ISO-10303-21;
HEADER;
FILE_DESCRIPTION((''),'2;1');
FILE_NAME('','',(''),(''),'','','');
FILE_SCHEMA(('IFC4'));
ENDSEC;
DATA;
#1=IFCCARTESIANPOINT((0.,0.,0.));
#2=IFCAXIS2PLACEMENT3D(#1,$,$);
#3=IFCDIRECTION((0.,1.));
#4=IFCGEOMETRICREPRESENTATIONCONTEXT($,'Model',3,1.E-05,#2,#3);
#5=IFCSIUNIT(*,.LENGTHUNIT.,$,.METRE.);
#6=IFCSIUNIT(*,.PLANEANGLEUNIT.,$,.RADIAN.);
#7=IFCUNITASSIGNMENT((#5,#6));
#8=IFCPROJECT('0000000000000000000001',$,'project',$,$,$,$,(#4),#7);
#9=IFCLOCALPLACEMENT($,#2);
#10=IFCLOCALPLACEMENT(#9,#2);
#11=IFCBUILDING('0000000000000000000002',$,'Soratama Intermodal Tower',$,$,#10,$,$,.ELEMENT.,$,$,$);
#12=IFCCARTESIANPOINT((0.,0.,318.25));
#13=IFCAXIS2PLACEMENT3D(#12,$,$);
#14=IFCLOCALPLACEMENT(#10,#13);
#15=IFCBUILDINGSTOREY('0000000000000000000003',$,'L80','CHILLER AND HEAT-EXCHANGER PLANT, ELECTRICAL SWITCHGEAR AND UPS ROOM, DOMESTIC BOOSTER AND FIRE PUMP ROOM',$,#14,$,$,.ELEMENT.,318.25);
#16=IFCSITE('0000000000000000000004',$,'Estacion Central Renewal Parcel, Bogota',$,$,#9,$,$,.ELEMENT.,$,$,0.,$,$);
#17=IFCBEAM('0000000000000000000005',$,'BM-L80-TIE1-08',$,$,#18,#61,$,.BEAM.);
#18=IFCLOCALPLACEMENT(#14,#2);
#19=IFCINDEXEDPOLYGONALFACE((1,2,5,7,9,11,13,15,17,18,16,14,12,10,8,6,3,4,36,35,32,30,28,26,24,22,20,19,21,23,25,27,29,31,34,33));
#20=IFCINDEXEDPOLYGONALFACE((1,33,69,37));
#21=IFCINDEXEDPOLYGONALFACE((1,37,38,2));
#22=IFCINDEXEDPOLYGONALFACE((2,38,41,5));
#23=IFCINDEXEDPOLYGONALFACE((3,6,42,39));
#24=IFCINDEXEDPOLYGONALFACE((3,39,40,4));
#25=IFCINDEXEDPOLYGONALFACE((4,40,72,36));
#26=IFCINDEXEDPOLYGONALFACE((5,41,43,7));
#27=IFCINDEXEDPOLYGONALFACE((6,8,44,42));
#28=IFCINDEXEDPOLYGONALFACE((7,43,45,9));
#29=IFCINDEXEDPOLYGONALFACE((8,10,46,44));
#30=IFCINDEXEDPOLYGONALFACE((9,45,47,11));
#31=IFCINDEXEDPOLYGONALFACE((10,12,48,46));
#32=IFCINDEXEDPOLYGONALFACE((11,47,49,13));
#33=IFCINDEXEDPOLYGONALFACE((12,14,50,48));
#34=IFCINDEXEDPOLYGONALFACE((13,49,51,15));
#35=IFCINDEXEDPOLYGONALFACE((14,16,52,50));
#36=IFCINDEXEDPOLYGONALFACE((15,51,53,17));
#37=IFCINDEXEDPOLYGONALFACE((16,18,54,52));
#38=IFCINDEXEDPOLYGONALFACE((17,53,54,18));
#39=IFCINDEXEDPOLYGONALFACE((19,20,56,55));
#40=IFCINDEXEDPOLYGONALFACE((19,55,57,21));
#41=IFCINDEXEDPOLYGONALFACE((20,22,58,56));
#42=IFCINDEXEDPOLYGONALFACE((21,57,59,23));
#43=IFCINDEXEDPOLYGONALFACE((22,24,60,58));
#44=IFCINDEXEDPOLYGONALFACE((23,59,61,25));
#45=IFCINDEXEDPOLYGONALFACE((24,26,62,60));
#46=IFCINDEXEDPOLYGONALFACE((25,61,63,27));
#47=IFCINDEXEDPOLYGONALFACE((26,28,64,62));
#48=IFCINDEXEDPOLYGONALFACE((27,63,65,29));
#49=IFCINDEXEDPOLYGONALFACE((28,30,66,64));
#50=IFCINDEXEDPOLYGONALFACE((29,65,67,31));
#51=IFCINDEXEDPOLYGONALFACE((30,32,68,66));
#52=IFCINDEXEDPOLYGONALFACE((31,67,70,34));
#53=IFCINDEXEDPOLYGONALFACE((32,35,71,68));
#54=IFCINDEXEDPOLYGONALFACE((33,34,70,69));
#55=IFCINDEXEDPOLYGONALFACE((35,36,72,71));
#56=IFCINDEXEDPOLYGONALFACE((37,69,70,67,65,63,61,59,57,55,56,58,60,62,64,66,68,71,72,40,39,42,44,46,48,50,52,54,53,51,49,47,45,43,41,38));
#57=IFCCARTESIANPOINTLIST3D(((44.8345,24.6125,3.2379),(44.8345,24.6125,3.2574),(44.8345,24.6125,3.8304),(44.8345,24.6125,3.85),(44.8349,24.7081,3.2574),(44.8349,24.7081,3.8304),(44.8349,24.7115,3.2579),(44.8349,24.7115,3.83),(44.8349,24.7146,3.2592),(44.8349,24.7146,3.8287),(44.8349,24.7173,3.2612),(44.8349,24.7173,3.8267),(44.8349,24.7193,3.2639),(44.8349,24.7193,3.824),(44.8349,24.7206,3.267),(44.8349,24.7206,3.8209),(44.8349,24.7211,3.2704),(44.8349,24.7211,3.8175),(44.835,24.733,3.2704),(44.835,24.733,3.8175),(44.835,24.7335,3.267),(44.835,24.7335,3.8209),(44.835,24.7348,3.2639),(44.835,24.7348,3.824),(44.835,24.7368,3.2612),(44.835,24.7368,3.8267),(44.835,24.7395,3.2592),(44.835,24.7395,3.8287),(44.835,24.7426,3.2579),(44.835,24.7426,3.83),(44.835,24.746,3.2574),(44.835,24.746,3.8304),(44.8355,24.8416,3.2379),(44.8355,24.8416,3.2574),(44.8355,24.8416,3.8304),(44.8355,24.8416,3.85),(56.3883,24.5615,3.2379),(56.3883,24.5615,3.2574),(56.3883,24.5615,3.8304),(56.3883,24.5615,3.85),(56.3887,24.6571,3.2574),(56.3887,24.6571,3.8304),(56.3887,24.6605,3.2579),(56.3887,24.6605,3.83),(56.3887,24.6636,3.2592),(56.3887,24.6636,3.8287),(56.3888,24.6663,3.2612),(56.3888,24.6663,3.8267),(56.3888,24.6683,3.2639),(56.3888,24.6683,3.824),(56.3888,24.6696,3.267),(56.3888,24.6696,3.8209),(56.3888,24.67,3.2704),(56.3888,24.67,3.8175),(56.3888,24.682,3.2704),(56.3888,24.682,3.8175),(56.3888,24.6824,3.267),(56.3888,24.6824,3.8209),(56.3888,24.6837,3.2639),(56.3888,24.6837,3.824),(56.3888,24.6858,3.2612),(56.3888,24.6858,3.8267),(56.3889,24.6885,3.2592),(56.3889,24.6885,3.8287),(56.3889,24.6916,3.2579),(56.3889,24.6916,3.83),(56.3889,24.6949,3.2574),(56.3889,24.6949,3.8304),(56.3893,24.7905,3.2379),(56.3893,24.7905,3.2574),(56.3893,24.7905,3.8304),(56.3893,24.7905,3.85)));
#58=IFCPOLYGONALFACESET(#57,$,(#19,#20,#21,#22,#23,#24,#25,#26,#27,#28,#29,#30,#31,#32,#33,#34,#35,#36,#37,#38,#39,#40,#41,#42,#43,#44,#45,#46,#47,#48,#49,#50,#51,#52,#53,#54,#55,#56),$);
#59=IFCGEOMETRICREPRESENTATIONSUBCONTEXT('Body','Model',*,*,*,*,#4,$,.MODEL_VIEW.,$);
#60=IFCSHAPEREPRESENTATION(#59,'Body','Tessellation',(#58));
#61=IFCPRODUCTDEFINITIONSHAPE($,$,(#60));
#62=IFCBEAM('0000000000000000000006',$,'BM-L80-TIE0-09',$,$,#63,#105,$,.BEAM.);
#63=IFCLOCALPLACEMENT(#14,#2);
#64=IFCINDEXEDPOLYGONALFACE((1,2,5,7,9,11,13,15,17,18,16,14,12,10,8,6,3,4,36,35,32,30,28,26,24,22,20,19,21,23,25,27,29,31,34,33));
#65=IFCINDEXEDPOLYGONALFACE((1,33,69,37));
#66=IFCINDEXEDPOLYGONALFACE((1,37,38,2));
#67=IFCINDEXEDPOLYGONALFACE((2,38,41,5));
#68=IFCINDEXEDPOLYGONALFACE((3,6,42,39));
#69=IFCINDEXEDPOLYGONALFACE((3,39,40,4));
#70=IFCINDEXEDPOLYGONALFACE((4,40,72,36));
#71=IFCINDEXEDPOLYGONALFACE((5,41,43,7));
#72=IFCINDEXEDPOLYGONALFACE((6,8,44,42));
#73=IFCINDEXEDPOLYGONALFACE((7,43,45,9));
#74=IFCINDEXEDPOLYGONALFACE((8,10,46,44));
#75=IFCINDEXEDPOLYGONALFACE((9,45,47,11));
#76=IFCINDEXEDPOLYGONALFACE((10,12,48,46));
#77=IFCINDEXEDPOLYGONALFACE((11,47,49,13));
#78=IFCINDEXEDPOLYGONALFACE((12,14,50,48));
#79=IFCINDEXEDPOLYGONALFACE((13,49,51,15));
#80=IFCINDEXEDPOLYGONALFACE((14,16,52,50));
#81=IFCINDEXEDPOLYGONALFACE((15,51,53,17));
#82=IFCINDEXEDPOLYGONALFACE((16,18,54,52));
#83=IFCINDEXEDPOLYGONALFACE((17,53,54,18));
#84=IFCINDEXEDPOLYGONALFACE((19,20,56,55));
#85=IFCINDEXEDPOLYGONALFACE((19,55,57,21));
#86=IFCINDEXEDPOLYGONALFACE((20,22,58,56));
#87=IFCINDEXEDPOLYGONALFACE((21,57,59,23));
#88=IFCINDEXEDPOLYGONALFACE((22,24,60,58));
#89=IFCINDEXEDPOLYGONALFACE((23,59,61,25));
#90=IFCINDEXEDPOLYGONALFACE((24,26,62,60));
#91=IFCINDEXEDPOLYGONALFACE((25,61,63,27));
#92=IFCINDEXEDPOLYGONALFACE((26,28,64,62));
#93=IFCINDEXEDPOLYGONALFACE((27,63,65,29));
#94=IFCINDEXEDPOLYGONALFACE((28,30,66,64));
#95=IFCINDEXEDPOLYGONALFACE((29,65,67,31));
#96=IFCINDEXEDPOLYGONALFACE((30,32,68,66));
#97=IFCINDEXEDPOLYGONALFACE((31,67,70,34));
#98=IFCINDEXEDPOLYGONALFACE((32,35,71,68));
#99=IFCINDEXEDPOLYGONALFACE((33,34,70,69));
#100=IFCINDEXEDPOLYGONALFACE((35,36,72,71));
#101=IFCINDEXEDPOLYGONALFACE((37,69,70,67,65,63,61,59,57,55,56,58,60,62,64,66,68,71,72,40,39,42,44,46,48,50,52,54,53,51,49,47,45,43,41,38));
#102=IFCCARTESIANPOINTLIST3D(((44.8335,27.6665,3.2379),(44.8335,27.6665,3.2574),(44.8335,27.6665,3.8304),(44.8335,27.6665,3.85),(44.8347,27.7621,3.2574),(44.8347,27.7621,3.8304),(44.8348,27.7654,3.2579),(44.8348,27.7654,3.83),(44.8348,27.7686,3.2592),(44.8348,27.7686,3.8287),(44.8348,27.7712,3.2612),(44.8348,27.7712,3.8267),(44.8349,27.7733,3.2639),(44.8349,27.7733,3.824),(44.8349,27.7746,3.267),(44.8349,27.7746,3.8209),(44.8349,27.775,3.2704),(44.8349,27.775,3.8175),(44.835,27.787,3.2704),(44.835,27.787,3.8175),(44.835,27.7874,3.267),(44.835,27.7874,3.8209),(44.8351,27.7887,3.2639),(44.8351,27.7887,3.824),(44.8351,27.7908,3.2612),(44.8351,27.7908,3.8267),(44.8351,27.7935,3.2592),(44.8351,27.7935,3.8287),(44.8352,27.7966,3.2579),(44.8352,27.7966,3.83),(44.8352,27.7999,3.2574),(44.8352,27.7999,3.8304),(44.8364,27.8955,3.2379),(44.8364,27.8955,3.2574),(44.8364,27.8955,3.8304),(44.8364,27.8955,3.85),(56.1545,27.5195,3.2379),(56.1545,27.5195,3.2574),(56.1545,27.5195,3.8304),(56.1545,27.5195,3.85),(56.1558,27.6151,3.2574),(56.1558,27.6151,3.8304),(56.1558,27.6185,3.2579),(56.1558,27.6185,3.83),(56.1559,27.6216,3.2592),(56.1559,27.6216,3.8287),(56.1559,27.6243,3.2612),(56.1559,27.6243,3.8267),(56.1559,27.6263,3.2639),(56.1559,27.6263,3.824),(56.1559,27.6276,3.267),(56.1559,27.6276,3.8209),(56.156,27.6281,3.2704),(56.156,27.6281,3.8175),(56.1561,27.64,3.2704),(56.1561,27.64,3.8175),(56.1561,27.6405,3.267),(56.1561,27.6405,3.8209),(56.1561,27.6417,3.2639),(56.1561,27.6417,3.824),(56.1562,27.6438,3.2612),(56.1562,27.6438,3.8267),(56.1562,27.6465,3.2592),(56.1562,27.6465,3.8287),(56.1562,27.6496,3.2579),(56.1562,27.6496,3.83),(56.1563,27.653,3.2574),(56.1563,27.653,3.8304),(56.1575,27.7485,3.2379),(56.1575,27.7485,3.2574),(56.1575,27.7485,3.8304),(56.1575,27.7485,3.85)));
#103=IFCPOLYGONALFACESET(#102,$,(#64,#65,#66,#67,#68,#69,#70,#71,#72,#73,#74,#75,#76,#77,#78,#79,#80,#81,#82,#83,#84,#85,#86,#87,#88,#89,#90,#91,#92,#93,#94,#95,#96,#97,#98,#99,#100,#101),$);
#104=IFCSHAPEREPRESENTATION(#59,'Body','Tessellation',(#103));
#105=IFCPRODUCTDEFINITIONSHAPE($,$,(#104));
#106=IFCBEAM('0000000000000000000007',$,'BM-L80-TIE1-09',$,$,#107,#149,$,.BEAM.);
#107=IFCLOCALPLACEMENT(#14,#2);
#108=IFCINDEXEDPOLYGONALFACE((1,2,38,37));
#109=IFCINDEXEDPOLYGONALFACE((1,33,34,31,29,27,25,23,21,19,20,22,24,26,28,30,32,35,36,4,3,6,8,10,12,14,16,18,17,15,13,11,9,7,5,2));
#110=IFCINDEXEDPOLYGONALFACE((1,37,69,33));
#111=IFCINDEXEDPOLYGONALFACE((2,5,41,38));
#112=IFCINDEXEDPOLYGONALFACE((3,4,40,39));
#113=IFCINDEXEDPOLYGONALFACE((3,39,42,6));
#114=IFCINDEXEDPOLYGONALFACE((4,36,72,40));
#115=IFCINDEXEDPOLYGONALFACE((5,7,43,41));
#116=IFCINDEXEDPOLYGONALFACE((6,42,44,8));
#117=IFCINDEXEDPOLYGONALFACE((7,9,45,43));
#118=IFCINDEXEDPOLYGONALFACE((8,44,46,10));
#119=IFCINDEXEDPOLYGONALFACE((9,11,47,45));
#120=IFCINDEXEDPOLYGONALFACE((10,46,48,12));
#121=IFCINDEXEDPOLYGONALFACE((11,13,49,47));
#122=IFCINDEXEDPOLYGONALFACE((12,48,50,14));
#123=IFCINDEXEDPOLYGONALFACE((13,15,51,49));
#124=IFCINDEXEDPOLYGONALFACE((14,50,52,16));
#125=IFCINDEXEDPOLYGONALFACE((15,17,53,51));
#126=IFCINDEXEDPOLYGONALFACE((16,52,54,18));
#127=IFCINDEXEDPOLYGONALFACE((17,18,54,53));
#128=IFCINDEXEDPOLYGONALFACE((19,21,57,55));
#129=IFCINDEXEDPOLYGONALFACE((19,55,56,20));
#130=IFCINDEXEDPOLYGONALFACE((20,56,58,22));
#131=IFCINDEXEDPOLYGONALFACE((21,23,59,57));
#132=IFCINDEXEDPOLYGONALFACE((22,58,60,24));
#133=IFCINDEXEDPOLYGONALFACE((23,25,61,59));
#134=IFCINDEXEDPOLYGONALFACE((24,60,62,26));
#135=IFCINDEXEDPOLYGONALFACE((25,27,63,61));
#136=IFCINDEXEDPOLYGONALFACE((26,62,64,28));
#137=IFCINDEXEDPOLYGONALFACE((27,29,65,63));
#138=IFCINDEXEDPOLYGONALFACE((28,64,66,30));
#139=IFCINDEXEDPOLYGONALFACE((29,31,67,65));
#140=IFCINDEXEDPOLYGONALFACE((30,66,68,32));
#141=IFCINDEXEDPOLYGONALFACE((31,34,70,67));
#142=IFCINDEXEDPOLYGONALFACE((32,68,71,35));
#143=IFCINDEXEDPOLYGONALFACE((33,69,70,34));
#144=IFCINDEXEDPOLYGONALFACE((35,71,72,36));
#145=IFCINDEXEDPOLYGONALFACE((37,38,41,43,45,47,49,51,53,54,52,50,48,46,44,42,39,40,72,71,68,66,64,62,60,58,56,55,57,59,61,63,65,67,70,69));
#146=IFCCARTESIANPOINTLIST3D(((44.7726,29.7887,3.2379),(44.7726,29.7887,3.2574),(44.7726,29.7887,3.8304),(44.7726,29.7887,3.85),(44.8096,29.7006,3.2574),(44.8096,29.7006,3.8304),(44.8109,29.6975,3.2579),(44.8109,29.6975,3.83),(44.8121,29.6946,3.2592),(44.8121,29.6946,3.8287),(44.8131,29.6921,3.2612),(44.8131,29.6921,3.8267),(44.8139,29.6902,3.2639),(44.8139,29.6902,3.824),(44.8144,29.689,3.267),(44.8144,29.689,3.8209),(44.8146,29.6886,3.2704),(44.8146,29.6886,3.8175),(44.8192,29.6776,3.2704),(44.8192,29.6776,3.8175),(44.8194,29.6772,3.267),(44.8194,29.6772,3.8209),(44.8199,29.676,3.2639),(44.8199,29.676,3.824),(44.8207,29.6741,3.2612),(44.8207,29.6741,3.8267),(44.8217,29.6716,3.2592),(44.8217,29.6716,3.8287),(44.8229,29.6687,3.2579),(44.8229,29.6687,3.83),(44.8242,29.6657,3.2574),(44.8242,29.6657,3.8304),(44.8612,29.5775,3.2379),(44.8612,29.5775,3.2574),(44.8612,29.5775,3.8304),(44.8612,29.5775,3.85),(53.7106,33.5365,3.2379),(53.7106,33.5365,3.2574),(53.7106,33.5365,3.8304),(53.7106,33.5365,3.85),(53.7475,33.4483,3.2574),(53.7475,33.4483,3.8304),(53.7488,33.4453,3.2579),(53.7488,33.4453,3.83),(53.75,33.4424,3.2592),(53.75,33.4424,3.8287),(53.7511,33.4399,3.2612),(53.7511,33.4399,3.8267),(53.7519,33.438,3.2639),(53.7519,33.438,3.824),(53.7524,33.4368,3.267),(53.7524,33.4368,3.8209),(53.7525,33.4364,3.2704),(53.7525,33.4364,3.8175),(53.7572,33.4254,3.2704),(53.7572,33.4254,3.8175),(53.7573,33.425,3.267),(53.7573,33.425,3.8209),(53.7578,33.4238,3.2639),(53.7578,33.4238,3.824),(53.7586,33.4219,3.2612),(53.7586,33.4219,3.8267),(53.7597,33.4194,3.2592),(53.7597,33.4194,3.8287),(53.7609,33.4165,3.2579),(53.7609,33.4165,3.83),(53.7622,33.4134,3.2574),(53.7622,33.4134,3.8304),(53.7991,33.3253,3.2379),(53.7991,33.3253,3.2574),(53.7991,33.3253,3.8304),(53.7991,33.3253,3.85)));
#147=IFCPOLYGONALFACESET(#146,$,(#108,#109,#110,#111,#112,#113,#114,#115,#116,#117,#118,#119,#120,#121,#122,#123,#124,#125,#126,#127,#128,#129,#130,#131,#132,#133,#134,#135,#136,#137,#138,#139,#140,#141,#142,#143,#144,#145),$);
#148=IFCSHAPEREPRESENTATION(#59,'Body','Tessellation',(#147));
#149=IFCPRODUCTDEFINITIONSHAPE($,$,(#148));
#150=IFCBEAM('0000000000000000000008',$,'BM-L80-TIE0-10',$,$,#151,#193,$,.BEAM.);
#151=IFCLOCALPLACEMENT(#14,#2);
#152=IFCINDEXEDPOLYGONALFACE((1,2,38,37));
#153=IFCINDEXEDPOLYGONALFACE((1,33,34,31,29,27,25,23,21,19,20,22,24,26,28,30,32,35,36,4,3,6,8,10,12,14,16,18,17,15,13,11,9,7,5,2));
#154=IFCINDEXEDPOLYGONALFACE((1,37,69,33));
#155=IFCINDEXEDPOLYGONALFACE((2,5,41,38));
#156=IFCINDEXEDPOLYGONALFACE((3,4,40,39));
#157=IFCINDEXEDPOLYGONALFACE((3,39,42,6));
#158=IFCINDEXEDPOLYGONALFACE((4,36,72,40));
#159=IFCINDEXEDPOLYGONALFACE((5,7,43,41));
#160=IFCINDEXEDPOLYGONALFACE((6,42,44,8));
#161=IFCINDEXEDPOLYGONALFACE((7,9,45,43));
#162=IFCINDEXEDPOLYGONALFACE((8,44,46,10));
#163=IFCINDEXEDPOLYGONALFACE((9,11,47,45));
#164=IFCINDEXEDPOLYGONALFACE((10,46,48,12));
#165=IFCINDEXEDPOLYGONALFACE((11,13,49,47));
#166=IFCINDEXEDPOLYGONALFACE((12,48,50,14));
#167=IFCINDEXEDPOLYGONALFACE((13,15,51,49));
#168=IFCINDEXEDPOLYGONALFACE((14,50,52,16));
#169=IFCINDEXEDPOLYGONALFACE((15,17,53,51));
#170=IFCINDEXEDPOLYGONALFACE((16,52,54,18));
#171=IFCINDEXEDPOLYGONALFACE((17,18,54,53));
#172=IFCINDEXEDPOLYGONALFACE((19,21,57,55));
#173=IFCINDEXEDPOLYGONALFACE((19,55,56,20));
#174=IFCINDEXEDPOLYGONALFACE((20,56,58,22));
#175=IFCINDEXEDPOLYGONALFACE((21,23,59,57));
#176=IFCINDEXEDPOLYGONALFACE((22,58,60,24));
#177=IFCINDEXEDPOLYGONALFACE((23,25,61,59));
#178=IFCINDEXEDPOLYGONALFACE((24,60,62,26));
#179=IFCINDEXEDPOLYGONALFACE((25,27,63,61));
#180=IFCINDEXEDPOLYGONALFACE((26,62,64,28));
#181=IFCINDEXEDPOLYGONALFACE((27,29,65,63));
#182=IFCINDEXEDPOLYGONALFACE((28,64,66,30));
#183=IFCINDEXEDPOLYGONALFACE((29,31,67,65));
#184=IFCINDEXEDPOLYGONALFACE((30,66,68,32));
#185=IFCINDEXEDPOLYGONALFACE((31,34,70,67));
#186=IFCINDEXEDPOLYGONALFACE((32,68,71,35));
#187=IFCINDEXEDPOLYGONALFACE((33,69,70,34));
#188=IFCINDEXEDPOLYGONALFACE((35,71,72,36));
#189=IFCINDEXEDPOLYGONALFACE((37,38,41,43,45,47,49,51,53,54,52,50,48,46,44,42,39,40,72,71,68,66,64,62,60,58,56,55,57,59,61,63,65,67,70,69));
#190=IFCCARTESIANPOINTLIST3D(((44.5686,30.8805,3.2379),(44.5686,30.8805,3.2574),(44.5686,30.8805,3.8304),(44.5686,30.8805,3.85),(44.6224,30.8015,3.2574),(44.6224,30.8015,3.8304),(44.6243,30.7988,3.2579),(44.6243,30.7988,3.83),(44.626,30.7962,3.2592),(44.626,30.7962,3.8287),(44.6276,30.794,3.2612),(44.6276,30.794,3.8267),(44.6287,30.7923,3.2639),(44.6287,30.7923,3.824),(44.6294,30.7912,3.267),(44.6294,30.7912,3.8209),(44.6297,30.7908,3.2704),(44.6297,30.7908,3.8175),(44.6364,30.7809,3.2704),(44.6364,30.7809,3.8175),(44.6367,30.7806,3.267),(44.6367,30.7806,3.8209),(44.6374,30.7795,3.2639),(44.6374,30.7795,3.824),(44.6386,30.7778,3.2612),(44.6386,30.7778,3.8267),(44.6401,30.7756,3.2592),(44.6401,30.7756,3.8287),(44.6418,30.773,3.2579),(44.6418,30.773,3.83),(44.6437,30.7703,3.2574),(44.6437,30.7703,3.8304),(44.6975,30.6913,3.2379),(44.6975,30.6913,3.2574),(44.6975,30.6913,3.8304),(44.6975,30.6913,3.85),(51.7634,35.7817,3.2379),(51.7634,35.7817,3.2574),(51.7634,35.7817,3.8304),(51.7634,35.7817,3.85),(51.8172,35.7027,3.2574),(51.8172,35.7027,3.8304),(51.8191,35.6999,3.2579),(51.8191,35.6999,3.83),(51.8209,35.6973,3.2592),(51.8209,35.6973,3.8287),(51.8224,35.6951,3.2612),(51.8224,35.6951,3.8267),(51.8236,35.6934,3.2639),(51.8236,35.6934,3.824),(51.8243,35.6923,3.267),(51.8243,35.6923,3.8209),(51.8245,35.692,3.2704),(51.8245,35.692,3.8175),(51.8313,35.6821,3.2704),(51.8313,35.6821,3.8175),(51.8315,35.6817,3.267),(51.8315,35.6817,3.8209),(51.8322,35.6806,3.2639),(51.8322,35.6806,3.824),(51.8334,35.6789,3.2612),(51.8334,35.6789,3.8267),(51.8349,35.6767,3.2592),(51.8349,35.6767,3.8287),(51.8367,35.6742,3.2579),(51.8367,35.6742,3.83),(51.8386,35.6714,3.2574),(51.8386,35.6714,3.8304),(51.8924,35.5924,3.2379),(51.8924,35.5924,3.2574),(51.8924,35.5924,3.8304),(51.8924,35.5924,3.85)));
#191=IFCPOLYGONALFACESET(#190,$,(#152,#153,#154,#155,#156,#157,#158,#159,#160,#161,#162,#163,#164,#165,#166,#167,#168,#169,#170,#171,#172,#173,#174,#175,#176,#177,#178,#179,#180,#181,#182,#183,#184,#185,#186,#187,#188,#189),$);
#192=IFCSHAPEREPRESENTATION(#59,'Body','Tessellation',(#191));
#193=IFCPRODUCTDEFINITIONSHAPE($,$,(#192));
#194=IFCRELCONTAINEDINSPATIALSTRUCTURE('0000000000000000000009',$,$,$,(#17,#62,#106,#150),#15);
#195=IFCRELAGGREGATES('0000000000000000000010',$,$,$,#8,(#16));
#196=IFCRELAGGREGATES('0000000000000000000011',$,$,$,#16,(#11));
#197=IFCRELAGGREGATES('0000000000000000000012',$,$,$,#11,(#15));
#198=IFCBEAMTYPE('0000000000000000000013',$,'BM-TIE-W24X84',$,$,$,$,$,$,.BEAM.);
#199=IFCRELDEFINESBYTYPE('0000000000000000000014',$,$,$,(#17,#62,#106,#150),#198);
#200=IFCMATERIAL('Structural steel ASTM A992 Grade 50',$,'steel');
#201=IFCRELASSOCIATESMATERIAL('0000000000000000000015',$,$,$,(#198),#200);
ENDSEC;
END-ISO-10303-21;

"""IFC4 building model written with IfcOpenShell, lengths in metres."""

from ifc_helpers import new_model, si_unit, direction, frame, origin, origin_2d, place, context, subcontext, project, spatial, i_section, extrude, material, material_profile, profile_set, type_object, element, save


model = new_model("IFC4")

# Units and contexts
model_context = context("Model", 3, precision=1e-05, world=origin(), true_north=direction((0.0, 1.0)))
body_context = subcontext(model_context, "Body", "Model", "MODEL_VIEW")
ifc_project = project(units=[si_unit("LENGTHUNIT", "METRE"), si_unit("PLANEANGLEUNIT", "RADIAN")], contexts=[model_context])

# Site, building, storey
site_placement = place(None, origin())
site = spatial("IfcSite", under=ifc_project, at=site_placement, Name="Estacion Central Renewal Parcel, Bogota", CompositionType="ELEMENT", RefElevation=0.0)
building_placement = place(site_placement, origin())
building = spatial("IfcBuilding", under=site, at=building_placement, Name="Soratama Intermodal Tower", CompositionType="ELEMENT")
storey_placement = place(building_placement, frame((0.0, 0.0, 318.25)))
storey = spatial("IfcBuildingStorey", under=building, at=storey_placement, Name="L80", Description="CHILLER AND HEAT-EXCHANGER PLANT, ELECTRICAL SWITCHGEAR AND UPS ROOM, DOMESTIC BOOSTER AND FIRE PUMP ROOM", CompositionType="ELEMENT", Elevation=318.25)

# Beams
ifc_material_1 = material(Name="Structural steel ASTM A992 Grade 50", Category="steel")
ifc_material_profile_1 = material_profile(ifc_material_1, i_section(OverallWidth=0.229, OverallDepth=0.6121, WebThickness=0.012, FlangeThickness=0.0195, FilletRadius=0.0129, at=origin_2d()), Name="W24X84")
ifc_profile_set_1 = profile_set([ifc_material_profile_1], Name="Structural steel ASTM A992 Grade 50")
beam_type_1 = type_object("IfcBeamType", Name="BM-TIE-W24X84", PredefinedType="BEAM", material=ifc_profile_set_1)
beam_1_placement = place(storey_placement, frame((44.835, 24.7271, 3.5439), z_axis=(0.99999, -0.004416, 0.0), x_axis=(0.004416, 0.99999, 0.0)))
element("IfcBeam", 1, at=beam_1_placement, inside=storey, type_object=beam_type_1, Name="BM-L80-TIE1-08", PredefinedType="BEAM", context=body_context, shape_type="SweptSolid", body=[
    extrude(i_section(OverallWidth=0.229, OverallDepth=0.6121, WebThickness=0.012, FlangeThickness=0.0195, FilletRadius=0.0129, at=origin_2d()), origin(), (0.0, 0.0, 1.0), 11.554),
])
beam_2_placement = place(storey_placement, frame((44.835, 27.781, 3.5439), z_axis=(0.999916, -0.012981, 0.0), x_axis=(0.012981, 0.999916, 0.0)))
element("IfcBeam", 2, at=beam_2_placement, inside=storey, type_object=beam_type_1, Name="BM-L80-TIE0-09", PredefinedType="BEAM", context=body_context, shape_type="SweptSolid", body=[
    extrude(i_section(OverallWidth=0.229, OverallDepth=0.6121, WebThickness=0.012, FlangeThickness=0.0195, FilletRadius=0.0129, at=origin_2d()), origin(), (0.0, 0.0, 1.0), 11.322),
])
beam_3_placement = place(storey_placement, frame((44.8169, 29.6831, 3.5439), z_axis=(0.922209, 0.386693, 0.0), x_axis=(-0.386693, 0.922209, 0.0)))
element("IfcBeam", 3, at=beam_3_placement, inside=storey, type_object=beam_type_1, Name="BM-L80-TIE1-09", PredefinedType="BEAM", context=body_context, shape_type="SweptSolid", body=[
    extrude(i_section(OverallWidth=0.229, OverallDepth=0.6121, WebThickness=0.012, FlangeThickness=0.0195, FilletRadius=0.0129, at=origin_2d()), origin(), (0.0, 0.0, 1.0), 9.6919),
])
beam_4_placement = place(storey_placement, frame((44.6331, 30.7859, 3.5439), z_axis=(0.826465, 0.562989, 0.0), x_axis=(-0.562989, 0.826465, 0.0)))
element("IfcBeam", 4, at=beam_4_placement, inside=storey, type_object=beam_type_1, Name="BM-L80-TIE0-10", PredefinedType="BEAM", context=body_context, shape_type="SweptSolid", body=[
    extrude(i_section(OverallWidth=0.229, OverallDepth=0.6121, WebThickness=0.012, FlangeThickness=0.0195, FilletRadius=0.0129, at=origin_2d()), origin(), (0.0, 0.0, 1.0), 8.7056),
])

save(model, "model.ifc")
